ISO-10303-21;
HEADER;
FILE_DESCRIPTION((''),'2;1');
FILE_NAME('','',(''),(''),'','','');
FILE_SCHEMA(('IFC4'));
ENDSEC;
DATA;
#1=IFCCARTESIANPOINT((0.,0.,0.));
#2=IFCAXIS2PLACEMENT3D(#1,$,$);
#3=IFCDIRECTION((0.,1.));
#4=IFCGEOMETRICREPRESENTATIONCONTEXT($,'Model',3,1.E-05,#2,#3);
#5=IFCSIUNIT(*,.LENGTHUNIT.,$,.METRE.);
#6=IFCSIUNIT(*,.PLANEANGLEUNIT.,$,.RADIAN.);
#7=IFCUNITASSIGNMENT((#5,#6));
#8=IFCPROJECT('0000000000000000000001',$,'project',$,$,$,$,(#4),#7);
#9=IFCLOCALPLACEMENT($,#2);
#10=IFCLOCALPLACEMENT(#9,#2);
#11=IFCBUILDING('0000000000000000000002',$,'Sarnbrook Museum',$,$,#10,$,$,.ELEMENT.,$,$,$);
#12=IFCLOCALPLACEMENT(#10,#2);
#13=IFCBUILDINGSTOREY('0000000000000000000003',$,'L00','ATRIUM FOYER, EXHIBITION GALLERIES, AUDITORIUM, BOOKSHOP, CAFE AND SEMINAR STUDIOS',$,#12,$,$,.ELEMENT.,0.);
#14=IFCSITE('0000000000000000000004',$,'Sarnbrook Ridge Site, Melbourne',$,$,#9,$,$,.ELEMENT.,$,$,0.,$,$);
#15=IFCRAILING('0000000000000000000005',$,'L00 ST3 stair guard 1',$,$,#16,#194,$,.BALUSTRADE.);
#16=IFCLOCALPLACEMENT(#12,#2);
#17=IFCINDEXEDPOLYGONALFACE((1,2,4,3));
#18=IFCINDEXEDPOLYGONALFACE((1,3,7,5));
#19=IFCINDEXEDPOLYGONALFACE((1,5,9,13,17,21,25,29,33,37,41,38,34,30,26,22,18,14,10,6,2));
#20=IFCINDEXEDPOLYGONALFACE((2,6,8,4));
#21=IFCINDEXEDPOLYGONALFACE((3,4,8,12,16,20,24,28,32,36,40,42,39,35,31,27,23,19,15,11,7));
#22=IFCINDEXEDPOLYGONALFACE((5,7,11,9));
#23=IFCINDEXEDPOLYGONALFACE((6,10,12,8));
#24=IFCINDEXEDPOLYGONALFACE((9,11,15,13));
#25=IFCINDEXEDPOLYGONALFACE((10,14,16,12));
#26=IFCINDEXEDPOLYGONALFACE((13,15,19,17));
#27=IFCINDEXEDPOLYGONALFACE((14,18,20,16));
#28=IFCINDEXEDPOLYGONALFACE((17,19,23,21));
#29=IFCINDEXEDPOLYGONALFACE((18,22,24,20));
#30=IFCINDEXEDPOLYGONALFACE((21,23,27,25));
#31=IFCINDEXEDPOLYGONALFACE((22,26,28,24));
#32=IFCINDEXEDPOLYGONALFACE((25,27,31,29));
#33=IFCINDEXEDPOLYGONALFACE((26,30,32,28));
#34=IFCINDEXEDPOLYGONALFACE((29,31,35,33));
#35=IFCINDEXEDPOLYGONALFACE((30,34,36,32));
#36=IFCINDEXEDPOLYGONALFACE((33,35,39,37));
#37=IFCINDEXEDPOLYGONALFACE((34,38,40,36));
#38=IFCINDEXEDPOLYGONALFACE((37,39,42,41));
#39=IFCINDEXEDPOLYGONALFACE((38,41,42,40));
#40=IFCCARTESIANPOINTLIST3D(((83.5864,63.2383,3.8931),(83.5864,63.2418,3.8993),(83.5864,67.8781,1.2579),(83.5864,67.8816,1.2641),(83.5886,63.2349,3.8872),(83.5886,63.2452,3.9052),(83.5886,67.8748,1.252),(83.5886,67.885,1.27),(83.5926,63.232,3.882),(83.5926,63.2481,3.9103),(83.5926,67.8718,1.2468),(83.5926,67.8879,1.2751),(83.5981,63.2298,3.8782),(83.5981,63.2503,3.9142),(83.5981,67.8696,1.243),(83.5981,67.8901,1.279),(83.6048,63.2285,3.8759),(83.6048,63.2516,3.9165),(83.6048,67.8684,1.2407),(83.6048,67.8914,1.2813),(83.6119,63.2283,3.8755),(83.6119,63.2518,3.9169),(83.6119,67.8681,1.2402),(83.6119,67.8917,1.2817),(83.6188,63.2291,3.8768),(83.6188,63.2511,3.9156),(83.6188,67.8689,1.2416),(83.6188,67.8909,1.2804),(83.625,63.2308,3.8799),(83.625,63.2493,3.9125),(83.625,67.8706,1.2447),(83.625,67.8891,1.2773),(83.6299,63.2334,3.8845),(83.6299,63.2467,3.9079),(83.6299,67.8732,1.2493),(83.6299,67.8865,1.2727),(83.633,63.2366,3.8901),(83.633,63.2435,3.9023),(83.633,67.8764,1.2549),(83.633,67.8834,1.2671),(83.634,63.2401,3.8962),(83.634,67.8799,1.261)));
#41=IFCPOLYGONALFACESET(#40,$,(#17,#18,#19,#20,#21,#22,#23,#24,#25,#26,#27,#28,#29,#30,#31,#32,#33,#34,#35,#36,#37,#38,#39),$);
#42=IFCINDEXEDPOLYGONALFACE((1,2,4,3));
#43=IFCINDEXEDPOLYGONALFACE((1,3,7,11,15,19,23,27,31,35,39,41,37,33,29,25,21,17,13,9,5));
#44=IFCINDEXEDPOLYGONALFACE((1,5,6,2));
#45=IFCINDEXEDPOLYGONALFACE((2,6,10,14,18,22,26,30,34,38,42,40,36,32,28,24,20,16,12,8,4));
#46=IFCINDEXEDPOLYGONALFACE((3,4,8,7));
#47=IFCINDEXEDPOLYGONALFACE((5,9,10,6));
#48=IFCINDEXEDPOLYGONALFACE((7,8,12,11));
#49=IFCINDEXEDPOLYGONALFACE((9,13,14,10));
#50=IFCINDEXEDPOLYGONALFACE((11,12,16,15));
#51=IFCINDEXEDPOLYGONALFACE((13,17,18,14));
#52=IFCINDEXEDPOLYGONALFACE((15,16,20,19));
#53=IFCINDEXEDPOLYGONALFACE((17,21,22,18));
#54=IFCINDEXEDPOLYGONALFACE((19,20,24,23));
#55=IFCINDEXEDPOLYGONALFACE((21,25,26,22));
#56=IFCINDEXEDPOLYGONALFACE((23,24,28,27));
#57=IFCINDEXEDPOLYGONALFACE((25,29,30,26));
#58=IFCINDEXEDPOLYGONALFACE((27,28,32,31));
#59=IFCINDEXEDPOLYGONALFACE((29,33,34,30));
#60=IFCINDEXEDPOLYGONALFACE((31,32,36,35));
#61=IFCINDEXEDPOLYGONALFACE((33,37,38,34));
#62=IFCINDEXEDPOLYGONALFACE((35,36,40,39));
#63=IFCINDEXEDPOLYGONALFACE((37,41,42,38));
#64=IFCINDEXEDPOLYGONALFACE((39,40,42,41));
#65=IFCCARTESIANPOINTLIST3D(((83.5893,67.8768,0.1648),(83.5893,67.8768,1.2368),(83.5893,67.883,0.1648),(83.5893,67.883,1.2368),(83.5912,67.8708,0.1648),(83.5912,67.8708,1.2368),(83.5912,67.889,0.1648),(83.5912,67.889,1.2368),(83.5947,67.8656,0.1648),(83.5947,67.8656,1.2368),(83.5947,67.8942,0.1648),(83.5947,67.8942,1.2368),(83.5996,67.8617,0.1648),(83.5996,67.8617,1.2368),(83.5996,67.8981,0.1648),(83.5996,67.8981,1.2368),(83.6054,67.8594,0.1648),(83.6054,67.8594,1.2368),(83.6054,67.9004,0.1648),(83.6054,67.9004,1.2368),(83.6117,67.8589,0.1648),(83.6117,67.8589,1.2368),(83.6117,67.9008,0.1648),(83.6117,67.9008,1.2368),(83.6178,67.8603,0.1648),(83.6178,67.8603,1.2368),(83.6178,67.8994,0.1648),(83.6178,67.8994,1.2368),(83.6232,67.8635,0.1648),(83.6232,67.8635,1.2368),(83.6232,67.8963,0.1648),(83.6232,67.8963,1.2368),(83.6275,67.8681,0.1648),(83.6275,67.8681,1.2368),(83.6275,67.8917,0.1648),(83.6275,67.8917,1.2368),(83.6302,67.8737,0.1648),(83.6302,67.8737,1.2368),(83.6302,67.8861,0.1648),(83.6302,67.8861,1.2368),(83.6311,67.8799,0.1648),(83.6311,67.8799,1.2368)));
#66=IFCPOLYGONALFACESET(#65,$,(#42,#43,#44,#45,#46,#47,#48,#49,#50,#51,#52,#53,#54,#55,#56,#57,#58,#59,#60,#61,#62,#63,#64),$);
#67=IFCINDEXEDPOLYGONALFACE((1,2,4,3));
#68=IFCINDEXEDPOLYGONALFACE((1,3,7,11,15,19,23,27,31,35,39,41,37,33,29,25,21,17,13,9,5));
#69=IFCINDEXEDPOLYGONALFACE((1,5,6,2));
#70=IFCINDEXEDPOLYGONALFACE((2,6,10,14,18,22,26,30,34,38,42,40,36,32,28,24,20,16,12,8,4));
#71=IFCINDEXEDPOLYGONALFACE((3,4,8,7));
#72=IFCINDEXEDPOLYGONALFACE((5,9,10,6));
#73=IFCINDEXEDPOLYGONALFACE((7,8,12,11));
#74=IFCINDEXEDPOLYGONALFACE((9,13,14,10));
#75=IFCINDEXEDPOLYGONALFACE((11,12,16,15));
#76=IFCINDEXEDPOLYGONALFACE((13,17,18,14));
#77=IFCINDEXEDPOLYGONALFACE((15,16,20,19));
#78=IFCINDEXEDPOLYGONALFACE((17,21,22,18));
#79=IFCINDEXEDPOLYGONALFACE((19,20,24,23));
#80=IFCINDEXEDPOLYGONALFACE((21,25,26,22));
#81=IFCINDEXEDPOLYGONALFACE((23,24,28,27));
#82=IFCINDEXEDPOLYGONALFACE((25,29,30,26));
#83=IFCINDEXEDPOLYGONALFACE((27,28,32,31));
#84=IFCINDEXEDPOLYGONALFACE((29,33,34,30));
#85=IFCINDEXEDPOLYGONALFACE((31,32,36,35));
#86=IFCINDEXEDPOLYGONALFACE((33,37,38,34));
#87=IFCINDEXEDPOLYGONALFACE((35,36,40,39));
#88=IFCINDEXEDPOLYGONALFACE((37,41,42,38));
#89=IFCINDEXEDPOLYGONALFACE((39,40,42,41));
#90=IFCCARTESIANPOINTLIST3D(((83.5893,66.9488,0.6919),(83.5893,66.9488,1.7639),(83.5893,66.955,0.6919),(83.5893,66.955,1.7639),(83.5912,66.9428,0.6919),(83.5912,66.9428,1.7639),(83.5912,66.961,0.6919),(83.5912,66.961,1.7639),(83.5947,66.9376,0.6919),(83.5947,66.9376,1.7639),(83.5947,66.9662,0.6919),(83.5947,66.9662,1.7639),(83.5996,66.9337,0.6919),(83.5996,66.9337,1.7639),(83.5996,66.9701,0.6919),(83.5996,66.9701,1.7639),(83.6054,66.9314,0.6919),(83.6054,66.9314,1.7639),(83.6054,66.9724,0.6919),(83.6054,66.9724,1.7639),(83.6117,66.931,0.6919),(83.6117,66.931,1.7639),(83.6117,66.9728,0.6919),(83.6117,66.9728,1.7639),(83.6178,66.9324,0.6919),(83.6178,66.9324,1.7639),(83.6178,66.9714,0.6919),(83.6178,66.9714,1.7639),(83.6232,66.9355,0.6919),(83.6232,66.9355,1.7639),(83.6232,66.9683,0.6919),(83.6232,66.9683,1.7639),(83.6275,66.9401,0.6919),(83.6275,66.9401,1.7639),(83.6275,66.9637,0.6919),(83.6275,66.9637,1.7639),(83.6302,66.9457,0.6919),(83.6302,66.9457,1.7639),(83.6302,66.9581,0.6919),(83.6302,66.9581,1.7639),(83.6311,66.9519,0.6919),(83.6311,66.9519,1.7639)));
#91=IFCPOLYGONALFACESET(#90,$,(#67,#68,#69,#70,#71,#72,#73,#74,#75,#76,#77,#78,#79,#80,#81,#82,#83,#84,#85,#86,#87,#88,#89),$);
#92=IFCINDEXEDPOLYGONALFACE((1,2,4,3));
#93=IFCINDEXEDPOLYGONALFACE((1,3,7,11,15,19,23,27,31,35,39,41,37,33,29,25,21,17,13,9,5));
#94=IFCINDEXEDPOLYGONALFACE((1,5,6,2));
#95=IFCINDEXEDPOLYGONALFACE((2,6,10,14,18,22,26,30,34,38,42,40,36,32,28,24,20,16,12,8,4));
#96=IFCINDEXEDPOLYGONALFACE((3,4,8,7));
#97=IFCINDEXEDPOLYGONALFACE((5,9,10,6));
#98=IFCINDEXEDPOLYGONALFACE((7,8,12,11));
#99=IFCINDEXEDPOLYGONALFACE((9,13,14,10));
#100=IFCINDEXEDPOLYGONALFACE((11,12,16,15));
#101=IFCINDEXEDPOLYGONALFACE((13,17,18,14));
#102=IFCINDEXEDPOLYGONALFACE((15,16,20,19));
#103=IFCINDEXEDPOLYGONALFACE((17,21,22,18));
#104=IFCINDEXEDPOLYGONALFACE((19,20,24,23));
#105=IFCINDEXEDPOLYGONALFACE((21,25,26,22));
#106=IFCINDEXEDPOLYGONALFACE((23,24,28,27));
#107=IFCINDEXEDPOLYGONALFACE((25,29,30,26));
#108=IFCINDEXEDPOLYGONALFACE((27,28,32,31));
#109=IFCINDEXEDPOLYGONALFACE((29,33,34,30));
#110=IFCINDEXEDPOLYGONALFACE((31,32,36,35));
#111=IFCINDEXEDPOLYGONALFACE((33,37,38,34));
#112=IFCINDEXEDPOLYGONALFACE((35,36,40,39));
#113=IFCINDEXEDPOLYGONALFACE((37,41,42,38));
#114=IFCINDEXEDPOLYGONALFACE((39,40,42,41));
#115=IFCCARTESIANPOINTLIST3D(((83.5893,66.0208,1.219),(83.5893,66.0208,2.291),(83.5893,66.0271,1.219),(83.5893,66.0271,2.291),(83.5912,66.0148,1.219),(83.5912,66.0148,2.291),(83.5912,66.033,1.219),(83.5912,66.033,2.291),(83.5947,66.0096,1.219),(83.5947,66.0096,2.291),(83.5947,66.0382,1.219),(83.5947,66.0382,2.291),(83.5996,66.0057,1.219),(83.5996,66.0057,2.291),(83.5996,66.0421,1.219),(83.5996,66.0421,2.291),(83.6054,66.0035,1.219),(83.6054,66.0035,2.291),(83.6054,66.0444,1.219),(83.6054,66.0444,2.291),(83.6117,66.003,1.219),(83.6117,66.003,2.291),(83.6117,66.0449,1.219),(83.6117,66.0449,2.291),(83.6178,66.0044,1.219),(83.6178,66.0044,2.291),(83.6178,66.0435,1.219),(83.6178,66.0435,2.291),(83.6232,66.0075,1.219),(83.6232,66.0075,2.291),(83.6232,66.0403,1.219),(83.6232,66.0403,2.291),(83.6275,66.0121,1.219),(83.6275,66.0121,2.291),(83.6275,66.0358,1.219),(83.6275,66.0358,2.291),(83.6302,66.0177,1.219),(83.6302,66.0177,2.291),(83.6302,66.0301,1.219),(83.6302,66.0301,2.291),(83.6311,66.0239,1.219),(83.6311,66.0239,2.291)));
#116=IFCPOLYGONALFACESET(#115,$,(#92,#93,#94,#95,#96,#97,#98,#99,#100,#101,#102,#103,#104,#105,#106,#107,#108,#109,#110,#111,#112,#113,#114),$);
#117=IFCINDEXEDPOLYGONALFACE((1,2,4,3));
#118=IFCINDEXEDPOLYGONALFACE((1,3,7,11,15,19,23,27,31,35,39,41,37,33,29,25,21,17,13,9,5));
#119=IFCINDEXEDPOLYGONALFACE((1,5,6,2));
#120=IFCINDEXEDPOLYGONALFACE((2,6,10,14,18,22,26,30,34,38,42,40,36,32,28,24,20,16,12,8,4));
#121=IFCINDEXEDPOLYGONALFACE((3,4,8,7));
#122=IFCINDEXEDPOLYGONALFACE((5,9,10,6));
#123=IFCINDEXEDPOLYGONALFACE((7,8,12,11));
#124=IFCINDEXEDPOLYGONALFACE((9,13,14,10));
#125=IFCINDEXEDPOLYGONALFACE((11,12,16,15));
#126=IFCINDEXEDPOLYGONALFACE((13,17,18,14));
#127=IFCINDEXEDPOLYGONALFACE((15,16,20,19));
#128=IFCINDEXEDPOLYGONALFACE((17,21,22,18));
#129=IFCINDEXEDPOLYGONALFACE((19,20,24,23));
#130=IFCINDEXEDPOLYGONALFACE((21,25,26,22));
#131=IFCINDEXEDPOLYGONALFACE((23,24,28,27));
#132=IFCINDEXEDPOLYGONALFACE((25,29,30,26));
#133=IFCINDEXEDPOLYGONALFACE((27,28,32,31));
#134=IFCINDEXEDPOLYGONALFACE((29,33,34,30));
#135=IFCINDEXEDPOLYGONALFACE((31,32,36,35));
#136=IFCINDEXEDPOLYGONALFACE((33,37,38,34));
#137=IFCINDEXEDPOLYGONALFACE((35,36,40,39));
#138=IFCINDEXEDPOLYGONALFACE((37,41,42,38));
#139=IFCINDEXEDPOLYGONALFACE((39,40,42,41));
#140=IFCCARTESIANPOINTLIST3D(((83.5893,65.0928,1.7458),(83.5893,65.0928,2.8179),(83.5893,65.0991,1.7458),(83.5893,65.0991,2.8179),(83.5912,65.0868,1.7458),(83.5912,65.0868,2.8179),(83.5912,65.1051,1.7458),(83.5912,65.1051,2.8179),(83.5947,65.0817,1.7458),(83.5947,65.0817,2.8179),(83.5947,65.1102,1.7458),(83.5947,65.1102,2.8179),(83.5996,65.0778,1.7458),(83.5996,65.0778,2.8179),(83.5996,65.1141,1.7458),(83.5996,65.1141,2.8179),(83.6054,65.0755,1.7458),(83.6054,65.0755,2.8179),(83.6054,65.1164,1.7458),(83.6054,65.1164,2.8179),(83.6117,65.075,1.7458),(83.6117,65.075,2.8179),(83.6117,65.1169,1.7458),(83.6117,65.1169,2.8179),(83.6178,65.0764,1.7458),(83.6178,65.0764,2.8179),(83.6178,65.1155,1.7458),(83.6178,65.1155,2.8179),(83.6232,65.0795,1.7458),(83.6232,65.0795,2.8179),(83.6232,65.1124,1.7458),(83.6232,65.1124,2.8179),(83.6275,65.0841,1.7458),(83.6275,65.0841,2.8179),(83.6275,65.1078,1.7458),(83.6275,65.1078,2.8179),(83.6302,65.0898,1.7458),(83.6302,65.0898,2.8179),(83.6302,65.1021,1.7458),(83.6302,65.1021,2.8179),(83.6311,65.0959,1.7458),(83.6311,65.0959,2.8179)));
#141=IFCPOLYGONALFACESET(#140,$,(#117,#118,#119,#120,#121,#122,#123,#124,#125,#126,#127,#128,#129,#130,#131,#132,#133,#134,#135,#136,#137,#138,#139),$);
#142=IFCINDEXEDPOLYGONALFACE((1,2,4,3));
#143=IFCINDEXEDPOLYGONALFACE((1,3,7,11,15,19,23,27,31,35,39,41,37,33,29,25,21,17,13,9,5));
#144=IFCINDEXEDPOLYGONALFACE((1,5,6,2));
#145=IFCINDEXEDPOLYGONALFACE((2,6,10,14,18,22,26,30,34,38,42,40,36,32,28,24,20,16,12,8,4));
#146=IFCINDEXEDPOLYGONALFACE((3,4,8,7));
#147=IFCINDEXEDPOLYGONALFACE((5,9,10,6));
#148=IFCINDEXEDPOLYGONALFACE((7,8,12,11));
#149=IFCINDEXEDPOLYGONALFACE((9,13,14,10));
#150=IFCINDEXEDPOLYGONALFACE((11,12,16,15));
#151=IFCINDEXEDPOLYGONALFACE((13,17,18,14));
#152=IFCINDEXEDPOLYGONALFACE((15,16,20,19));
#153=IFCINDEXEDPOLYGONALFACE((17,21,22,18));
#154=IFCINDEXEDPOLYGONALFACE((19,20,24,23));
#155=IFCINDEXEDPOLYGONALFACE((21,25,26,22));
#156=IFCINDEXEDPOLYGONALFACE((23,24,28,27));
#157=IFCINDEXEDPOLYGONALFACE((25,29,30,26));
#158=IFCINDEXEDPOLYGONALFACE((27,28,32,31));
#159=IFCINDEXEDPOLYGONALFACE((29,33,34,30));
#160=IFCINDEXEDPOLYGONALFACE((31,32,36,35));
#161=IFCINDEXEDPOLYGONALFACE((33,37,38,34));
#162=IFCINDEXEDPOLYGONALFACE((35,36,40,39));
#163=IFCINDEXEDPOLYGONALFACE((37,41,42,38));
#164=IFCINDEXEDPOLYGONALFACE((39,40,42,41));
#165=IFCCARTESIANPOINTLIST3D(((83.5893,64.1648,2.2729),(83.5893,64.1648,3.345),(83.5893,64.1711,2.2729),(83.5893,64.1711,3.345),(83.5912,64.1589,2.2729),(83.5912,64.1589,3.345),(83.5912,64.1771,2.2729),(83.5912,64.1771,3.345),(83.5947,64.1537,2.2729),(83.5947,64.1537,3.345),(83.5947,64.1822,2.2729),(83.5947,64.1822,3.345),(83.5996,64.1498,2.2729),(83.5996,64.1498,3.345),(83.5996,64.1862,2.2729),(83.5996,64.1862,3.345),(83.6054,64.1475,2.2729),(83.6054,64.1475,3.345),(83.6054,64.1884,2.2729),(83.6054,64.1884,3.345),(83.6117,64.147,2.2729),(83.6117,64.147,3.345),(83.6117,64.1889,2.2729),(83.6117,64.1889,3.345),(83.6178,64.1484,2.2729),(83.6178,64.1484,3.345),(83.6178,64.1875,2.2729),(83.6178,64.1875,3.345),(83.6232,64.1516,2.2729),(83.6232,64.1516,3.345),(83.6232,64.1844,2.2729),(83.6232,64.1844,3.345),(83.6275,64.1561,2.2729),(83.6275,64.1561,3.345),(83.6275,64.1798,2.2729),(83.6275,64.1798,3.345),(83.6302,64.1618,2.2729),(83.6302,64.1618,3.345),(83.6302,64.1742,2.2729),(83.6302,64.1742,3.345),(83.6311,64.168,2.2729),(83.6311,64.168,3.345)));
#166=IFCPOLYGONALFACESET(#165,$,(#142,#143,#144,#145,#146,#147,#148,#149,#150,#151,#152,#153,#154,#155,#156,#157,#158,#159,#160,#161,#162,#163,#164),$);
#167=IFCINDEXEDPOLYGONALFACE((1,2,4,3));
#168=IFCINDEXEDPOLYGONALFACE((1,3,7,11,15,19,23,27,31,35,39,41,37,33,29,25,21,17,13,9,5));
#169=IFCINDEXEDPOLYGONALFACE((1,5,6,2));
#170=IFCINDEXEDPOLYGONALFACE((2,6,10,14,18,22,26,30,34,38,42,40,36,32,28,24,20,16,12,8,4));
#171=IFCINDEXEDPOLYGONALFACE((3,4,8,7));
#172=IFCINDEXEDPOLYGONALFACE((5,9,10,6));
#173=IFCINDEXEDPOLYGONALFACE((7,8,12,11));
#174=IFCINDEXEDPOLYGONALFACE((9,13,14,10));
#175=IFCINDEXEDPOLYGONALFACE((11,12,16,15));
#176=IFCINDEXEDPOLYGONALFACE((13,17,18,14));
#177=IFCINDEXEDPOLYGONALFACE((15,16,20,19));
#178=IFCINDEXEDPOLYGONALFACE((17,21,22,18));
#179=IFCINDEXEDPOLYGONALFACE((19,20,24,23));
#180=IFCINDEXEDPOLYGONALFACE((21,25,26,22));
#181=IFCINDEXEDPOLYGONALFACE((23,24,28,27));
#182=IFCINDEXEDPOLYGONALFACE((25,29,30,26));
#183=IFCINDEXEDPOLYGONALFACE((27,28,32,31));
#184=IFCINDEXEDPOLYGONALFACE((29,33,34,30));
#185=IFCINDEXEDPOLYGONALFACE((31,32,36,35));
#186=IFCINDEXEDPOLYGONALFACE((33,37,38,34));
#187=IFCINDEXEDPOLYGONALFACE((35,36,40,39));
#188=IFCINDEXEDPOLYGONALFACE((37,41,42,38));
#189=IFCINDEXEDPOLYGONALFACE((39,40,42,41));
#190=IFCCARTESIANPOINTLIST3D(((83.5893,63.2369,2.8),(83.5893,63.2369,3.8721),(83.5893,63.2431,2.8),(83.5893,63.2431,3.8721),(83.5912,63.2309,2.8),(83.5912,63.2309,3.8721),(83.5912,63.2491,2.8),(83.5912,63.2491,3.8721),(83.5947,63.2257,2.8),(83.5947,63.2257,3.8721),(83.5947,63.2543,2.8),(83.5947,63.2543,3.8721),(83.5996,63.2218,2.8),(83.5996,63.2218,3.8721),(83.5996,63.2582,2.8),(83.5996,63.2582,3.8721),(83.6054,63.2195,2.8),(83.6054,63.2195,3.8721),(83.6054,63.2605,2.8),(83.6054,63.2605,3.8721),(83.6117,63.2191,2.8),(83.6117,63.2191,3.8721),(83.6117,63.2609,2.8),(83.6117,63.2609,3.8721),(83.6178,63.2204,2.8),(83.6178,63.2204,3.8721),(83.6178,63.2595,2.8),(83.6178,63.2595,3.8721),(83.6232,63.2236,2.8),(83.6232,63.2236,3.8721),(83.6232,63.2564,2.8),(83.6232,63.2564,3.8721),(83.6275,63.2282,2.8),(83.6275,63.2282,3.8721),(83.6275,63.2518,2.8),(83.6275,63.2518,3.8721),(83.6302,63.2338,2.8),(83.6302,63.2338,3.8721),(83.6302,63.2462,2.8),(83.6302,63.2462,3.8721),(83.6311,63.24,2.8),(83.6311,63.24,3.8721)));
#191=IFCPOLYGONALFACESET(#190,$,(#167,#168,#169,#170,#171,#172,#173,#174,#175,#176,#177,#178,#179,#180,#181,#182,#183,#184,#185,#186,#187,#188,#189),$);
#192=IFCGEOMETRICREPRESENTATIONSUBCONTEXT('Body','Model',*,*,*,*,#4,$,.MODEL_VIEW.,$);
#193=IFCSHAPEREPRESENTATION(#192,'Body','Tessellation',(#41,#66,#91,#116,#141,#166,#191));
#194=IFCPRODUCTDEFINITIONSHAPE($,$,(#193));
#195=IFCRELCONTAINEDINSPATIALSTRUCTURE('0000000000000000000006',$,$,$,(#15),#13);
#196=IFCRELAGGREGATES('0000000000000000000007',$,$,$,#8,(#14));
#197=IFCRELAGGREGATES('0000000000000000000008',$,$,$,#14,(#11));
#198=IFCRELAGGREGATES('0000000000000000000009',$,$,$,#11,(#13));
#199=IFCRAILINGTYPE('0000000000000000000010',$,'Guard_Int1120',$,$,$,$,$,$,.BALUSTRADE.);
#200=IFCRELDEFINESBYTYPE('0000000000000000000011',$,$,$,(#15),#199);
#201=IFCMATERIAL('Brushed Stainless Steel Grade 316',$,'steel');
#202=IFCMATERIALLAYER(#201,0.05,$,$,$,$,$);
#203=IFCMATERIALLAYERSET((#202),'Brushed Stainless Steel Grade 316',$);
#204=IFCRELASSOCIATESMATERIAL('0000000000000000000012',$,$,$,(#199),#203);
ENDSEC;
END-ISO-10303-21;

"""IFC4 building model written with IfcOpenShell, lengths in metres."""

from ifc_helpers import new_model, si_unit, direction, frame, origin, origin_2d, place, context, subcontext, project, spatial, circle, extrude, material, layer, layer_set, type_object, element, save


model = new_model("IFC4")

# Units and contexts
model_context = context("Model", 3, precision=1e-05, world=origin(), true_north=direction((0.0, 1.0)))
body_context = subcontext(model_context, "Body", "Model", "MODEL_VIEW")
ifc_project = project(units=[si_unit("LENGTHUNIT", "METRE"), si_unit("PLANEANGLEUNIT", "RADIAN")], contexts=[model_context])

# Site, building, storey
site_placement = place(None, origin())
site = spatial("IfcSite", under=ifc_project, at=site_placement, Name="Sarnbrook Ridge Site, Melbourne", CompositionType="ELEMENT", RefElevation=0.0)
building_placement = place(site_placement, origin())
building = spatial("IfcBuilding", under=site, at=building_placement, Name="Sarnbrook Museum", CompositionType="ELEMENT")
storey_placement = place(building_placement, origin())
storey = spatial("IfcBuildingStorey", under=building, at=storey_placement, Name="L00", Description="ATRIUM FOYER, EXHIBITION GALLERIES, AUDITORIUM, BOOKSHOP, CAFE AND SEMINAR STUDIOS", CompositionType="ELEMENT", Elevation=0.0)

# Shared definitions
ifc_material_1 = material(Name="Brushed Stainless Steel Grade 316", Category="steel")

# Railing
ifc_layer_1 = layer(ifc_material_1, 0.05)
ifc_layer_set_1 = layer_set([ifc_layer_1], Name="Brushed Stainless Steel Grade 316")
railing_type_1 = type_object("IfcRailingType", Name="Guard_Int1120", PredefinedType="BALUSTRADE", material=ifc_layer_set_1)
railing_1_placement = place(storey_placement, frame((83.6101, 67.8799, 0.1648)))
element("IfcRailing", 1, at=railing_1_placement, inside=storey, type_object=railing_type_1, Name="L00 ST3 stair guard 1", PredefinedType="BALUSTRADE", context=body_context, shape_type="SweptSolid", body=[
    extrude(circle(Radius=0.0239, at=origin_2d()), frame((0.0, 0.0, 1.0962), z_axis=(0.0, -0.869541, 0.493861), x_axis=(1.0, 0.0, 0.0)), (0.0, 0.0, 1.0), 5.3359),
    extrude(circle(Radius=0.021, at=origin_2d()), origin(), (0.0, 0.0, 1.0), 1.072),
    extrude(circle(Radius=0.021, at=origin_2d()), frame((0.0, -0.928, 0.5271)), (0.0, 0.0, 1.0), 1.072),
    extrude(circle(Radius=0.021, at=origin_2d()), frame((0.0, -1.856, 1.0542)), (0.0, 0.0, 1.0), 1.072),
    extrude(circle(Radius=0.021, at=origin_2d()), frame((0.0, -2.7839, 1.5811)), (0.0, 0.0, 1.0), 1.072),
    extrude(circle(Radius=0.021, at=origin_2d()), frame((0.0, -3.7119, 2.1082)), (0.0, 0.0, 1.0), 1.072),
    extrude(circle(Radius=0.021, at=origin_2d()), frame((0.0, -4.6399, 2.6353)), (0.0, 0.0, 1.0), 1.072),
])

save(model, "model.ifc")
